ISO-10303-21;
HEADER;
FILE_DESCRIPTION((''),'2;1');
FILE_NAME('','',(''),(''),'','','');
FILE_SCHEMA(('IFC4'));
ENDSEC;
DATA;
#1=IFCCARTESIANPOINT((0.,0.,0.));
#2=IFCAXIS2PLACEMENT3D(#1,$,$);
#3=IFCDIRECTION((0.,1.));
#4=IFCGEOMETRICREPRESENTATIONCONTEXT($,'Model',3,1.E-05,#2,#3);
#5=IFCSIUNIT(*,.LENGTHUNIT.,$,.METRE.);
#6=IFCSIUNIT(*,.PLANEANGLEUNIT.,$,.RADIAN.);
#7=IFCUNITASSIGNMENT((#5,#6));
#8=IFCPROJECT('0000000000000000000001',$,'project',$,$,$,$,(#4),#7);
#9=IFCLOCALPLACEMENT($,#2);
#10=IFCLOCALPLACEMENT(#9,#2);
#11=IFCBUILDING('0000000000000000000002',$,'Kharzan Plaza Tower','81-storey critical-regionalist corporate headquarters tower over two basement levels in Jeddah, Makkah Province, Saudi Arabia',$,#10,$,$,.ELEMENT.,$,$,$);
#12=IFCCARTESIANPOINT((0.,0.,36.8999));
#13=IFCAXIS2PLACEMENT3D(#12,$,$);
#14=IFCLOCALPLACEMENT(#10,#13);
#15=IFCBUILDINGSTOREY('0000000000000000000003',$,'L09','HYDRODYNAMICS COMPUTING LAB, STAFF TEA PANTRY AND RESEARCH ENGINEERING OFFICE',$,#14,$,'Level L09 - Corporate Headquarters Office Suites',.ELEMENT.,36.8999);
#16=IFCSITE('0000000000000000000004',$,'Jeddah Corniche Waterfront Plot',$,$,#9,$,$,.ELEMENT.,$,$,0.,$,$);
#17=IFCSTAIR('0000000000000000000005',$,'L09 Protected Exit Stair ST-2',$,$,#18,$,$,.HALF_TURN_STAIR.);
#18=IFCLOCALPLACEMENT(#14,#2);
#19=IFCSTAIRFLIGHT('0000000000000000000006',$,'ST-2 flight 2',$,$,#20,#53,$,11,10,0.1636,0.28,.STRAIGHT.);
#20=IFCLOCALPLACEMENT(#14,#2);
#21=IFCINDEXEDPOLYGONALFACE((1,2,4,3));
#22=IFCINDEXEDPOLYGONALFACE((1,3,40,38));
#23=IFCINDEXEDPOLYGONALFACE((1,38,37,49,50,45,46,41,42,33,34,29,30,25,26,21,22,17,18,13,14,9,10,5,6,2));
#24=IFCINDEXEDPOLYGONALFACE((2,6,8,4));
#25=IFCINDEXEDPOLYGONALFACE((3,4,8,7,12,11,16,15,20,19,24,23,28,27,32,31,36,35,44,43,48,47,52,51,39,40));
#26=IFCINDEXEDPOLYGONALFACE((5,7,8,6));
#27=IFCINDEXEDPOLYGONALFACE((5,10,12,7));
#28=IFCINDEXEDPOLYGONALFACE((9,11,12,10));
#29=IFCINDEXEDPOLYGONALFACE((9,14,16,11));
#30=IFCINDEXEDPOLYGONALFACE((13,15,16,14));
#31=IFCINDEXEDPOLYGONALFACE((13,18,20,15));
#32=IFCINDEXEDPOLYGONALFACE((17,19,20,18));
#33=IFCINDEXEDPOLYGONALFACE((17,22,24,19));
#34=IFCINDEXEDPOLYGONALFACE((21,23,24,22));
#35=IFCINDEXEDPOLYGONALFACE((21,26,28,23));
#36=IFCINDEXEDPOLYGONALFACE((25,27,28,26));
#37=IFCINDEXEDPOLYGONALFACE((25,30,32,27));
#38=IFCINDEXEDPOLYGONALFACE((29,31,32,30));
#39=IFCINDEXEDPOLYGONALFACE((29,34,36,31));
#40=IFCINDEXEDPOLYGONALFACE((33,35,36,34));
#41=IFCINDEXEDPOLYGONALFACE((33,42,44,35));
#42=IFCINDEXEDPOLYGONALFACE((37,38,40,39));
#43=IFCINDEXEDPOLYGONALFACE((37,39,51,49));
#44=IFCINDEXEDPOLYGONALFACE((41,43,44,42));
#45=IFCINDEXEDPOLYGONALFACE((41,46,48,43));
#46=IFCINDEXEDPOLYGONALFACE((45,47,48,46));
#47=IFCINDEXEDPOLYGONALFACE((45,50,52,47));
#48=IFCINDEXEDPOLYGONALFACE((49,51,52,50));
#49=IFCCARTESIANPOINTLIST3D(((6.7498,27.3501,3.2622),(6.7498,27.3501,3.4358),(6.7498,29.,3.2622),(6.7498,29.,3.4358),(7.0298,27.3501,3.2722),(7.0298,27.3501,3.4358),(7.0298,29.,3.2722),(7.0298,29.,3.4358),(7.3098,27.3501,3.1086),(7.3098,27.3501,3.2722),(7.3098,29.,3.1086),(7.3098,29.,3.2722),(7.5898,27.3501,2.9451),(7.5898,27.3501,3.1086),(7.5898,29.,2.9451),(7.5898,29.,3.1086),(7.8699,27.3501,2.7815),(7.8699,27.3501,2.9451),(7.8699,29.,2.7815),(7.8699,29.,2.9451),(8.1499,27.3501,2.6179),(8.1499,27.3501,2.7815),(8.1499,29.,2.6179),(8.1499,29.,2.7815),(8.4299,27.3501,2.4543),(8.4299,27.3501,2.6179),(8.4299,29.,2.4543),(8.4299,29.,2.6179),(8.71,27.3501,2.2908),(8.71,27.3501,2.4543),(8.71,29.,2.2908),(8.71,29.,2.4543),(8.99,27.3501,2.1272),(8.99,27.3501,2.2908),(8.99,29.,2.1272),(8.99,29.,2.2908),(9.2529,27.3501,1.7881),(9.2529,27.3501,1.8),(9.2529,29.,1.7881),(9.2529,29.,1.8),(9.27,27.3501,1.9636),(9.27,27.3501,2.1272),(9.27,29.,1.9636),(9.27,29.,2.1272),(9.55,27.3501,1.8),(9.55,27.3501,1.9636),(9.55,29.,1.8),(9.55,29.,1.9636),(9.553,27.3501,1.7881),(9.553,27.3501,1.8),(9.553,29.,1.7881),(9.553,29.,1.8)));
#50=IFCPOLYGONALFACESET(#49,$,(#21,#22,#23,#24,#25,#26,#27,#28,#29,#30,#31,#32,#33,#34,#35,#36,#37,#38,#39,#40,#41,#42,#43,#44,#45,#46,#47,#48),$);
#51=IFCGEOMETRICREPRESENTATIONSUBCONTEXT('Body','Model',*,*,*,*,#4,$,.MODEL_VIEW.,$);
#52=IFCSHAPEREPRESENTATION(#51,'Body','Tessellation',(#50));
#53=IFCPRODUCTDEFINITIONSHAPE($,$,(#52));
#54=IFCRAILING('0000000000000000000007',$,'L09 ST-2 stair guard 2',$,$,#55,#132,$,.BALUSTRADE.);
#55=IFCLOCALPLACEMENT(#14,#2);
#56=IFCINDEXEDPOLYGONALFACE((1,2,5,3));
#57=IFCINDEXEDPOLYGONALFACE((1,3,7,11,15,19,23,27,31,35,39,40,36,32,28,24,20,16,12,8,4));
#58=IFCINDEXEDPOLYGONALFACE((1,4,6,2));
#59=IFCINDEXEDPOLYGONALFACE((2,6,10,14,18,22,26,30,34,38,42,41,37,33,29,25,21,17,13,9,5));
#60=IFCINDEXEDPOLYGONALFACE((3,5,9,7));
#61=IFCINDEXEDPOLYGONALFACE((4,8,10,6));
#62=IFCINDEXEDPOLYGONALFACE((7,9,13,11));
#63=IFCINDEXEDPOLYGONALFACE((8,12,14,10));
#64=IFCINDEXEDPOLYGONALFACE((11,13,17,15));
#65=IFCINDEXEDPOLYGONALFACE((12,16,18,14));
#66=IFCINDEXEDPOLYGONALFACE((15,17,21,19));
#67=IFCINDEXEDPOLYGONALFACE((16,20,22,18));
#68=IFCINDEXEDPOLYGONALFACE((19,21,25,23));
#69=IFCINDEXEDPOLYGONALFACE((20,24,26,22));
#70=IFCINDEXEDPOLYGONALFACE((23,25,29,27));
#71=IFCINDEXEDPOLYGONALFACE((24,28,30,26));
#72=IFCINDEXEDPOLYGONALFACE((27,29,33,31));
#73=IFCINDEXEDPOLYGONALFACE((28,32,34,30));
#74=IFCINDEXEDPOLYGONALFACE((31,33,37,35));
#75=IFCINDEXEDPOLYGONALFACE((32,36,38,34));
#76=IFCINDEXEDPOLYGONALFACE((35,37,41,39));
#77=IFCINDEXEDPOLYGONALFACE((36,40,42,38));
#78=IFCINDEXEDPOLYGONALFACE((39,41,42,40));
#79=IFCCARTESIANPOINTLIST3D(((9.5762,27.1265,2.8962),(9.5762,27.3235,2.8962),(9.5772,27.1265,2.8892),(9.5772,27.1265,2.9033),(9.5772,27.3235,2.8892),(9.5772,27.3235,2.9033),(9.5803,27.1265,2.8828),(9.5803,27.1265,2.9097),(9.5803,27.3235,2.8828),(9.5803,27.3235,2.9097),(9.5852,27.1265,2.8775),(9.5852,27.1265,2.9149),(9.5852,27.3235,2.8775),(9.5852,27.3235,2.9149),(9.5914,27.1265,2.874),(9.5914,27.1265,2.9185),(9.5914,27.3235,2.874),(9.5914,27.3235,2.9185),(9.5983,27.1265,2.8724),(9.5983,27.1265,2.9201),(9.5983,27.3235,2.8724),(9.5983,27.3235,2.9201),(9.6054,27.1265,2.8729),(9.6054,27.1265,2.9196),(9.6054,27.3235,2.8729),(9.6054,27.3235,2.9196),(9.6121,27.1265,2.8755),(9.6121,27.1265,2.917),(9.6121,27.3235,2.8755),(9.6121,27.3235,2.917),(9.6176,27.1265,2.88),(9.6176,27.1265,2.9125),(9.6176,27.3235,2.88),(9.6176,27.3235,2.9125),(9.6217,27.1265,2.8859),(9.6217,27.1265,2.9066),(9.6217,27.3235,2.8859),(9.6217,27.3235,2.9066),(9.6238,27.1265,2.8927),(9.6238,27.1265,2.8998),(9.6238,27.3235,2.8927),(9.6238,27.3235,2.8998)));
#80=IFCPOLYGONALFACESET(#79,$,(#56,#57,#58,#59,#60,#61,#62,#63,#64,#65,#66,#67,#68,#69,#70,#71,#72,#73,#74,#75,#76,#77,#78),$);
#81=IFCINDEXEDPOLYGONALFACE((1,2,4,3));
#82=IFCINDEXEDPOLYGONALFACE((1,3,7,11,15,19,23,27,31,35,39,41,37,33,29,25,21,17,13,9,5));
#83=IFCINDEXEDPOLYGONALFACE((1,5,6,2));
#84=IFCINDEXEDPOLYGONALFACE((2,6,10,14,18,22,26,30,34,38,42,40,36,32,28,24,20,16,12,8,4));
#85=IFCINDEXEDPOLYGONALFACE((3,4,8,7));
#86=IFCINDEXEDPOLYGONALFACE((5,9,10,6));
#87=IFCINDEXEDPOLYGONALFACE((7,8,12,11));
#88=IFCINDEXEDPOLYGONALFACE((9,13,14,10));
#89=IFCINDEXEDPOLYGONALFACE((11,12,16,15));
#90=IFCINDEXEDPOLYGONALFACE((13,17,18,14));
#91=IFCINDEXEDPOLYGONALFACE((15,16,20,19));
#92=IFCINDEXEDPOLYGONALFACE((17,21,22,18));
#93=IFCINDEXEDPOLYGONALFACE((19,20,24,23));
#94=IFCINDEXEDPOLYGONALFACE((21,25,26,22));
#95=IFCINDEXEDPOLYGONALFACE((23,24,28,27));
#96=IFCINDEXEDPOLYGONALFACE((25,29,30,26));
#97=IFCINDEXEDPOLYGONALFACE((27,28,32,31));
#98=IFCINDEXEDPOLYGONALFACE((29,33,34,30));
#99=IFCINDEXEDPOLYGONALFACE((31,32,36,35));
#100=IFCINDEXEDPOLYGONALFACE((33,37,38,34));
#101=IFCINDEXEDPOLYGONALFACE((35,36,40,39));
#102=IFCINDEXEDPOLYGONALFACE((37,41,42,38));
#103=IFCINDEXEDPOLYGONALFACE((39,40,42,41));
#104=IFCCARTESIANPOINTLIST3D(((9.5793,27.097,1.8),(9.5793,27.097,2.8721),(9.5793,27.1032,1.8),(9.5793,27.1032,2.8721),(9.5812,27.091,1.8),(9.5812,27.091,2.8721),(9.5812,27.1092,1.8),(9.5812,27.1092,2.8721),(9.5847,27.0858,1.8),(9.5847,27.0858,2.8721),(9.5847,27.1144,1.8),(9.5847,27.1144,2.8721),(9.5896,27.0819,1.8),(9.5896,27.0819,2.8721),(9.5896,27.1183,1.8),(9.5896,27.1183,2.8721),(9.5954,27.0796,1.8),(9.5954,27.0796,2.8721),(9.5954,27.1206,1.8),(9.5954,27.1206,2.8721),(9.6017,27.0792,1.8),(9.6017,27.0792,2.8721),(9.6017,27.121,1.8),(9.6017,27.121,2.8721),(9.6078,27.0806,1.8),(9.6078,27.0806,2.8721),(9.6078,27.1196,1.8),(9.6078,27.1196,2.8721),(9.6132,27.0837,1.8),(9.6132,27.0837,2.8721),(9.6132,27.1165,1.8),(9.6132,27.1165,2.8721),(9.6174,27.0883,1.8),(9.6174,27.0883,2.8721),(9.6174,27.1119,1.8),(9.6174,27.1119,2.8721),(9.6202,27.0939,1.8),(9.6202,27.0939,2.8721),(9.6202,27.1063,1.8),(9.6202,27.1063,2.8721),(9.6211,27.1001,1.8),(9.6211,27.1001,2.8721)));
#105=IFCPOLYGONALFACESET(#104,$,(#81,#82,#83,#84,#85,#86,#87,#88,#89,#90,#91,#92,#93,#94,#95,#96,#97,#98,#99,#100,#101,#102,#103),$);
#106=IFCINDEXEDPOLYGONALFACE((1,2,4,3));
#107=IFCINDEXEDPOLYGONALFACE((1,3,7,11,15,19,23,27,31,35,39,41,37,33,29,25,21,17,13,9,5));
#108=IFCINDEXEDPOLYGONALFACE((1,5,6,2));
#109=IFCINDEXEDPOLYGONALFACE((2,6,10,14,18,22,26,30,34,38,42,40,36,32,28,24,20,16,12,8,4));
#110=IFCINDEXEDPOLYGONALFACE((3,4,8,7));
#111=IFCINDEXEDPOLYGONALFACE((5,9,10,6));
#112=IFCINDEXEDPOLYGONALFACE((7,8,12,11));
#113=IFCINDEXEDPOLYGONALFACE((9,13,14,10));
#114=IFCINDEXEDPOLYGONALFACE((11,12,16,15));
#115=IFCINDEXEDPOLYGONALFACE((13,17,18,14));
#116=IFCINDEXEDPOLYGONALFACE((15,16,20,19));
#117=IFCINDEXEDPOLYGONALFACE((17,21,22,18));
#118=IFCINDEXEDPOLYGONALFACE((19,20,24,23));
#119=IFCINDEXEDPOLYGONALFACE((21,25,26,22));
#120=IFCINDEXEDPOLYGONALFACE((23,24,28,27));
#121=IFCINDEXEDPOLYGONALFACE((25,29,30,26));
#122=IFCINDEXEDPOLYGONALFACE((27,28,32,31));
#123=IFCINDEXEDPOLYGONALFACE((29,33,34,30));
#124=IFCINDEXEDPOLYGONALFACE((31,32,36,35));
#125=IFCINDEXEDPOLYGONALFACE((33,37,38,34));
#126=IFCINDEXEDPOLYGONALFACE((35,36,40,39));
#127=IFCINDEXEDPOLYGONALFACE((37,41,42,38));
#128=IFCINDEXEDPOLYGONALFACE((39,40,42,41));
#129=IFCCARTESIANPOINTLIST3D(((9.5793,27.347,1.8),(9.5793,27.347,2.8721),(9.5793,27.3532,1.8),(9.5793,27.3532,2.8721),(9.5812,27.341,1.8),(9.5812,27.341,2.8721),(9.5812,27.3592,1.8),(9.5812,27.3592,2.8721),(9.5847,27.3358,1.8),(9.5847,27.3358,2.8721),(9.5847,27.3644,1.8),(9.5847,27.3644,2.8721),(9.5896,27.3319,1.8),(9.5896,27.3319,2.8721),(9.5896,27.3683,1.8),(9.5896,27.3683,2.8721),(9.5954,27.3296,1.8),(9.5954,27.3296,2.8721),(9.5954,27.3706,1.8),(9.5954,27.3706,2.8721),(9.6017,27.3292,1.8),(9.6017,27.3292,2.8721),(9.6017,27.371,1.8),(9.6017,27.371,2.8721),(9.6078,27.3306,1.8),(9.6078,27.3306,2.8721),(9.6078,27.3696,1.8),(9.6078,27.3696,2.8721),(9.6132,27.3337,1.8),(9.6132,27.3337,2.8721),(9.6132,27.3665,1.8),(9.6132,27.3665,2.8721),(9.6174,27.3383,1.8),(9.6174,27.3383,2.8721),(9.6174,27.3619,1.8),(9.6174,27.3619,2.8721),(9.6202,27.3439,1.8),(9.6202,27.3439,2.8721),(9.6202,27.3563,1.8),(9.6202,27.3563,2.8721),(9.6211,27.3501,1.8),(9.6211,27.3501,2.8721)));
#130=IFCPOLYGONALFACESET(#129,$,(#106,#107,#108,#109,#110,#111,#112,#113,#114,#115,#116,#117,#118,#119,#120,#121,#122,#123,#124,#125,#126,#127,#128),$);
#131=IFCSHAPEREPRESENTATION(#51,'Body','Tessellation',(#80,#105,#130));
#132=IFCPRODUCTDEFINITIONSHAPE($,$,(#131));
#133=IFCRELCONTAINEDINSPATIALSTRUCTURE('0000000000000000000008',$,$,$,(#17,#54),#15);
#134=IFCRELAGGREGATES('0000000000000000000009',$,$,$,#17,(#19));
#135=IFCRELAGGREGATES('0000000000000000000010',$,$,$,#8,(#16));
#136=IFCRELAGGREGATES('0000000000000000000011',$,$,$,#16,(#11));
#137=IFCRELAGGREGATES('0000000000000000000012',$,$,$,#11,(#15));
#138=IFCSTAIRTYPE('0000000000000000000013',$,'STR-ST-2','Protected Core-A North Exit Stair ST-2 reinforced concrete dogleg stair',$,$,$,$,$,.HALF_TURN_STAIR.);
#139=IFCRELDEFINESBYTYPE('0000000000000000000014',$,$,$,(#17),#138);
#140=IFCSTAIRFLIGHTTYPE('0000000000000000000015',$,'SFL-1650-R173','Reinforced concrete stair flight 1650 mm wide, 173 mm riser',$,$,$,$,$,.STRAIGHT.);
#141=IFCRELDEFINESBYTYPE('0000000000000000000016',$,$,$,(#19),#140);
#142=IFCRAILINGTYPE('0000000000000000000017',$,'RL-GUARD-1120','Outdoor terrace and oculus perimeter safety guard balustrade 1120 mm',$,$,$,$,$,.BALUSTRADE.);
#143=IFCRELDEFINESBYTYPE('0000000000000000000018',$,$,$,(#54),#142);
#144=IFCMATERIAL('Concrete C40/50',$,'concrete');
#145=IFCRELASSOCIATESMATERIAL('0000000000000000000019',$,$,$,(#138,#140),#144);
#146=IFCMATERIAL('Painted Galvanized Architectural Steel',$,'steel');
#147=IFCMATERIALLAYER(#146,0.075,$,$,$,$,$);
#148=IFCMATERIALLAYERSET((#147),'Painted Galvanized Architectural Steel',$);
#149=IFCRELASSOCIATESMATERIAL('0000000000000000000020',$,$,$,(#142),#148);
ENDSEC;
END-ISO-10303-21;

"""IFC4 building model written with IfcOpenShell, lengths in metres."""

from ifc_helpers import new_model, si_unit, direction, frame, origin, origin_2d, place, context, subcontext, project, spatial, polyline, circle, outline, extrude, source, transform, mapped, material, layer, layer_set, type_object, element, aggregate, save


model = new_model("IFC4")

# Units and contexts
model_context = context("Model", 3, precision=1e-05, world=origin(), true_north=direction((0.0, 1.0)))
body_context = subcontext(model_context, "Body", "Model", "MODEL_VIEW")
ifc_project = project(units=[si_unit("LENGTHUNIT", "METRE"), si_unit("PLANEANGLEUNIT", "RADIAN")], contexts=[model_context])

# Site, building, storey
site_placement = place(None, origin())
site = spatial("IfcSite", under=ifc_project, at=site_placement, Name="Jeddah Corniche Waterfront Plot", CompositionType="ELEMENT", RefElevation=0.0)
building_placement = place(site_placement, origin())
building = spatial("IfcBuilding", under=site, at=building_placement, Name="Kharzan Plaza Tower", Description="81-storey critical-regionalist corporate headquarters tower over two basement levels in Jeddah, Makkah Province, Saudi Arabia", CompositionType="ELEMENT")
storey_placement = place(building_placement, frame((0.0, 0.0, 36.8999)))
storey = spatial("IfcBuildingStorey", under=building, at=storey_placement, Name="L09", Description="HYDRODYNAMICS COMPUTING LAB, STAFF TEA PANTRY AND RESEARCH ENGINEERING OFFICE", LongName="Level L09 - Corporate Headquarters Office Suites", CompositionType="ELEMENT", Elevation=36.8999)

# Shared definitions
ifc_material_1 = material(Name="Concrete C40/50", Category="concrete")

# Stair, stair flight
stair_type = type_object("IfcStairType", Name="STR-ST-2", Description="Protected Core-A North Exit Stair ST-2 reinforced concrete dogleg stair", PredefinedType="HALF_TURN_STAIR", material=ifc_material_1)
stair_placement = place(storey_placement, origin())
stair = element("IfcStair", 1, at=stair_placement, inside=storey, type_object=stair_type, Name="L09 Protected Exit Stair ST-2", PredefinedType="HALF_TURN_STAIR")
stair_flight_type = type_object("IfcStairFlightType", Name="SFL-1650-R173", Description="Reinforced concrete stair flight 1650 mm wide, 173 mm riser", PredefinedType="STRAIGHT", material=ifc_material_1)
shared_shape_1 = source(origin(), body_context, "Body", "SweptSolid", [
    extrude(outline(polyline([(-0.0029, -0.012), (-0.0029, 0.0), (0.0, 0.0), (0.0, 0.1636), (0.28, 0.1636), (0.28, 0.3271), (0.5601, 0.3271), (0.5601, 0.4907), (0.8401, 0.4907), (0.8401, 0.6543), (1.1201, 0.6543), (1.1201, 0.8179), (1.4001, 0.8179), (1.4001, 0.9814), (1.6802, 0.9814), (1.6802, 1.145), (1.9602, 1.145), (1.9602, 1.3086), (2.2402, 1.3086), (2.2402, 1.4722), (2.5203, 1.4722), (2.5203, 1.6357), (2.8003, 1.6357), (2.8003, 1.7993), (2.8003, 1.4622), (0.2971, 0.0), (0.2971, -0.012), (-0.0029, -0.012)])), frame((0.0, 0.825, 0.0), z_axis=(0.0, -1.0, 0.0), x_axis=(1.0, 0.0, 0.0)), (0.0, 0.0, 1.0), 1.6499),
])
stair_flight_1_placement = place(storey_placement, frame((9.55, 28.175, 1.8), z_axis=(0.0, 0.0, 1.0), x_axis=(-1.0, 0.0, 0.0)))
stair_flight_1 = element("IfcStairFlight", 2, at=stair_flight_1_placement, type_object=stair_flight_type, Name="ST-2 flight 2", NumberOfRisers=11, NumberOfTreads=10, PredefinedType="STRAIGHT", RiserHeight=0.1636, TreadLength=0.28, context=body_context, shape_type="MappedRepresentation", body=[
    mapped(shared_shape_1, transform((0.0, 0.0, 0.0), x_axis=(1.0, 0.0, 0.0), y_axis=(0.0, 1.0, 0.0), z_axis=(0.0, 0.0, 1.0))),
])
aggregate(stair, [stair_flight_1])

# Railing
ifc_material_2 = material(Name="Painted Galvanized Architectural Steel", Category="steel")
ifc_layer_1 = layer(ifc_material_2, 0.075)
ifc_layer_set_1 = layer_set([ifc_layer_1], Name="Painted Galvanized Architectural Steel")
railing_type_1 = type_object("IfcRailingType", Name="RL-GUARD-1120", Description="Outdoor terrace and oculus perimeter safety guard balustrade 1120 mm", PredefinedType="BALUSTRADE", material=ifc_layer_set_1)
shared_shape_2 = source(origin(), body_context, "Body", "SweptSolid", [
    extrude(circle(Radius=0.0239, at=origin_2d()), frame((0.0, 0.0264, 1.0962), z_axis=(0.0, 1.0, 0.0), x_axis=(-1.0, 0.0, 0.0)), (0.0, 0.0, 1.0), 0.197),
    extrude(circle(Radius=0.021, at=origin_2d()), origin(), (0.0, 0.0, 1.0), 1.072),
    extrude(circle(Radius=0.021, at=origin_2d()), frame((0.0, 0.25, 0.0)), (0.0, 0.0, 1.0), 1.072),
])
railing_1_placement = place(storey_placement, frame((9.6001, 27.1001, 1.8)))
element("IfcRailing", 3, at=railing_1_placement, inside=storey, type_object=railing_type_1, Name="L09 ST-2 stair guard 2", PredefinedType="BALUSTRADE", context=body_context, shape_type="MappedRepresentation", body=[
    mapped(shared_shape_2, transform((0.0, 0.0, 0.0), x_axis=(1.0, 0.0, 0.0), y_axis=(0.0, 1.0, 0.0), z_axis=(0.0, 0.0, 1.0))),
])

save(model, "model.ifc")
